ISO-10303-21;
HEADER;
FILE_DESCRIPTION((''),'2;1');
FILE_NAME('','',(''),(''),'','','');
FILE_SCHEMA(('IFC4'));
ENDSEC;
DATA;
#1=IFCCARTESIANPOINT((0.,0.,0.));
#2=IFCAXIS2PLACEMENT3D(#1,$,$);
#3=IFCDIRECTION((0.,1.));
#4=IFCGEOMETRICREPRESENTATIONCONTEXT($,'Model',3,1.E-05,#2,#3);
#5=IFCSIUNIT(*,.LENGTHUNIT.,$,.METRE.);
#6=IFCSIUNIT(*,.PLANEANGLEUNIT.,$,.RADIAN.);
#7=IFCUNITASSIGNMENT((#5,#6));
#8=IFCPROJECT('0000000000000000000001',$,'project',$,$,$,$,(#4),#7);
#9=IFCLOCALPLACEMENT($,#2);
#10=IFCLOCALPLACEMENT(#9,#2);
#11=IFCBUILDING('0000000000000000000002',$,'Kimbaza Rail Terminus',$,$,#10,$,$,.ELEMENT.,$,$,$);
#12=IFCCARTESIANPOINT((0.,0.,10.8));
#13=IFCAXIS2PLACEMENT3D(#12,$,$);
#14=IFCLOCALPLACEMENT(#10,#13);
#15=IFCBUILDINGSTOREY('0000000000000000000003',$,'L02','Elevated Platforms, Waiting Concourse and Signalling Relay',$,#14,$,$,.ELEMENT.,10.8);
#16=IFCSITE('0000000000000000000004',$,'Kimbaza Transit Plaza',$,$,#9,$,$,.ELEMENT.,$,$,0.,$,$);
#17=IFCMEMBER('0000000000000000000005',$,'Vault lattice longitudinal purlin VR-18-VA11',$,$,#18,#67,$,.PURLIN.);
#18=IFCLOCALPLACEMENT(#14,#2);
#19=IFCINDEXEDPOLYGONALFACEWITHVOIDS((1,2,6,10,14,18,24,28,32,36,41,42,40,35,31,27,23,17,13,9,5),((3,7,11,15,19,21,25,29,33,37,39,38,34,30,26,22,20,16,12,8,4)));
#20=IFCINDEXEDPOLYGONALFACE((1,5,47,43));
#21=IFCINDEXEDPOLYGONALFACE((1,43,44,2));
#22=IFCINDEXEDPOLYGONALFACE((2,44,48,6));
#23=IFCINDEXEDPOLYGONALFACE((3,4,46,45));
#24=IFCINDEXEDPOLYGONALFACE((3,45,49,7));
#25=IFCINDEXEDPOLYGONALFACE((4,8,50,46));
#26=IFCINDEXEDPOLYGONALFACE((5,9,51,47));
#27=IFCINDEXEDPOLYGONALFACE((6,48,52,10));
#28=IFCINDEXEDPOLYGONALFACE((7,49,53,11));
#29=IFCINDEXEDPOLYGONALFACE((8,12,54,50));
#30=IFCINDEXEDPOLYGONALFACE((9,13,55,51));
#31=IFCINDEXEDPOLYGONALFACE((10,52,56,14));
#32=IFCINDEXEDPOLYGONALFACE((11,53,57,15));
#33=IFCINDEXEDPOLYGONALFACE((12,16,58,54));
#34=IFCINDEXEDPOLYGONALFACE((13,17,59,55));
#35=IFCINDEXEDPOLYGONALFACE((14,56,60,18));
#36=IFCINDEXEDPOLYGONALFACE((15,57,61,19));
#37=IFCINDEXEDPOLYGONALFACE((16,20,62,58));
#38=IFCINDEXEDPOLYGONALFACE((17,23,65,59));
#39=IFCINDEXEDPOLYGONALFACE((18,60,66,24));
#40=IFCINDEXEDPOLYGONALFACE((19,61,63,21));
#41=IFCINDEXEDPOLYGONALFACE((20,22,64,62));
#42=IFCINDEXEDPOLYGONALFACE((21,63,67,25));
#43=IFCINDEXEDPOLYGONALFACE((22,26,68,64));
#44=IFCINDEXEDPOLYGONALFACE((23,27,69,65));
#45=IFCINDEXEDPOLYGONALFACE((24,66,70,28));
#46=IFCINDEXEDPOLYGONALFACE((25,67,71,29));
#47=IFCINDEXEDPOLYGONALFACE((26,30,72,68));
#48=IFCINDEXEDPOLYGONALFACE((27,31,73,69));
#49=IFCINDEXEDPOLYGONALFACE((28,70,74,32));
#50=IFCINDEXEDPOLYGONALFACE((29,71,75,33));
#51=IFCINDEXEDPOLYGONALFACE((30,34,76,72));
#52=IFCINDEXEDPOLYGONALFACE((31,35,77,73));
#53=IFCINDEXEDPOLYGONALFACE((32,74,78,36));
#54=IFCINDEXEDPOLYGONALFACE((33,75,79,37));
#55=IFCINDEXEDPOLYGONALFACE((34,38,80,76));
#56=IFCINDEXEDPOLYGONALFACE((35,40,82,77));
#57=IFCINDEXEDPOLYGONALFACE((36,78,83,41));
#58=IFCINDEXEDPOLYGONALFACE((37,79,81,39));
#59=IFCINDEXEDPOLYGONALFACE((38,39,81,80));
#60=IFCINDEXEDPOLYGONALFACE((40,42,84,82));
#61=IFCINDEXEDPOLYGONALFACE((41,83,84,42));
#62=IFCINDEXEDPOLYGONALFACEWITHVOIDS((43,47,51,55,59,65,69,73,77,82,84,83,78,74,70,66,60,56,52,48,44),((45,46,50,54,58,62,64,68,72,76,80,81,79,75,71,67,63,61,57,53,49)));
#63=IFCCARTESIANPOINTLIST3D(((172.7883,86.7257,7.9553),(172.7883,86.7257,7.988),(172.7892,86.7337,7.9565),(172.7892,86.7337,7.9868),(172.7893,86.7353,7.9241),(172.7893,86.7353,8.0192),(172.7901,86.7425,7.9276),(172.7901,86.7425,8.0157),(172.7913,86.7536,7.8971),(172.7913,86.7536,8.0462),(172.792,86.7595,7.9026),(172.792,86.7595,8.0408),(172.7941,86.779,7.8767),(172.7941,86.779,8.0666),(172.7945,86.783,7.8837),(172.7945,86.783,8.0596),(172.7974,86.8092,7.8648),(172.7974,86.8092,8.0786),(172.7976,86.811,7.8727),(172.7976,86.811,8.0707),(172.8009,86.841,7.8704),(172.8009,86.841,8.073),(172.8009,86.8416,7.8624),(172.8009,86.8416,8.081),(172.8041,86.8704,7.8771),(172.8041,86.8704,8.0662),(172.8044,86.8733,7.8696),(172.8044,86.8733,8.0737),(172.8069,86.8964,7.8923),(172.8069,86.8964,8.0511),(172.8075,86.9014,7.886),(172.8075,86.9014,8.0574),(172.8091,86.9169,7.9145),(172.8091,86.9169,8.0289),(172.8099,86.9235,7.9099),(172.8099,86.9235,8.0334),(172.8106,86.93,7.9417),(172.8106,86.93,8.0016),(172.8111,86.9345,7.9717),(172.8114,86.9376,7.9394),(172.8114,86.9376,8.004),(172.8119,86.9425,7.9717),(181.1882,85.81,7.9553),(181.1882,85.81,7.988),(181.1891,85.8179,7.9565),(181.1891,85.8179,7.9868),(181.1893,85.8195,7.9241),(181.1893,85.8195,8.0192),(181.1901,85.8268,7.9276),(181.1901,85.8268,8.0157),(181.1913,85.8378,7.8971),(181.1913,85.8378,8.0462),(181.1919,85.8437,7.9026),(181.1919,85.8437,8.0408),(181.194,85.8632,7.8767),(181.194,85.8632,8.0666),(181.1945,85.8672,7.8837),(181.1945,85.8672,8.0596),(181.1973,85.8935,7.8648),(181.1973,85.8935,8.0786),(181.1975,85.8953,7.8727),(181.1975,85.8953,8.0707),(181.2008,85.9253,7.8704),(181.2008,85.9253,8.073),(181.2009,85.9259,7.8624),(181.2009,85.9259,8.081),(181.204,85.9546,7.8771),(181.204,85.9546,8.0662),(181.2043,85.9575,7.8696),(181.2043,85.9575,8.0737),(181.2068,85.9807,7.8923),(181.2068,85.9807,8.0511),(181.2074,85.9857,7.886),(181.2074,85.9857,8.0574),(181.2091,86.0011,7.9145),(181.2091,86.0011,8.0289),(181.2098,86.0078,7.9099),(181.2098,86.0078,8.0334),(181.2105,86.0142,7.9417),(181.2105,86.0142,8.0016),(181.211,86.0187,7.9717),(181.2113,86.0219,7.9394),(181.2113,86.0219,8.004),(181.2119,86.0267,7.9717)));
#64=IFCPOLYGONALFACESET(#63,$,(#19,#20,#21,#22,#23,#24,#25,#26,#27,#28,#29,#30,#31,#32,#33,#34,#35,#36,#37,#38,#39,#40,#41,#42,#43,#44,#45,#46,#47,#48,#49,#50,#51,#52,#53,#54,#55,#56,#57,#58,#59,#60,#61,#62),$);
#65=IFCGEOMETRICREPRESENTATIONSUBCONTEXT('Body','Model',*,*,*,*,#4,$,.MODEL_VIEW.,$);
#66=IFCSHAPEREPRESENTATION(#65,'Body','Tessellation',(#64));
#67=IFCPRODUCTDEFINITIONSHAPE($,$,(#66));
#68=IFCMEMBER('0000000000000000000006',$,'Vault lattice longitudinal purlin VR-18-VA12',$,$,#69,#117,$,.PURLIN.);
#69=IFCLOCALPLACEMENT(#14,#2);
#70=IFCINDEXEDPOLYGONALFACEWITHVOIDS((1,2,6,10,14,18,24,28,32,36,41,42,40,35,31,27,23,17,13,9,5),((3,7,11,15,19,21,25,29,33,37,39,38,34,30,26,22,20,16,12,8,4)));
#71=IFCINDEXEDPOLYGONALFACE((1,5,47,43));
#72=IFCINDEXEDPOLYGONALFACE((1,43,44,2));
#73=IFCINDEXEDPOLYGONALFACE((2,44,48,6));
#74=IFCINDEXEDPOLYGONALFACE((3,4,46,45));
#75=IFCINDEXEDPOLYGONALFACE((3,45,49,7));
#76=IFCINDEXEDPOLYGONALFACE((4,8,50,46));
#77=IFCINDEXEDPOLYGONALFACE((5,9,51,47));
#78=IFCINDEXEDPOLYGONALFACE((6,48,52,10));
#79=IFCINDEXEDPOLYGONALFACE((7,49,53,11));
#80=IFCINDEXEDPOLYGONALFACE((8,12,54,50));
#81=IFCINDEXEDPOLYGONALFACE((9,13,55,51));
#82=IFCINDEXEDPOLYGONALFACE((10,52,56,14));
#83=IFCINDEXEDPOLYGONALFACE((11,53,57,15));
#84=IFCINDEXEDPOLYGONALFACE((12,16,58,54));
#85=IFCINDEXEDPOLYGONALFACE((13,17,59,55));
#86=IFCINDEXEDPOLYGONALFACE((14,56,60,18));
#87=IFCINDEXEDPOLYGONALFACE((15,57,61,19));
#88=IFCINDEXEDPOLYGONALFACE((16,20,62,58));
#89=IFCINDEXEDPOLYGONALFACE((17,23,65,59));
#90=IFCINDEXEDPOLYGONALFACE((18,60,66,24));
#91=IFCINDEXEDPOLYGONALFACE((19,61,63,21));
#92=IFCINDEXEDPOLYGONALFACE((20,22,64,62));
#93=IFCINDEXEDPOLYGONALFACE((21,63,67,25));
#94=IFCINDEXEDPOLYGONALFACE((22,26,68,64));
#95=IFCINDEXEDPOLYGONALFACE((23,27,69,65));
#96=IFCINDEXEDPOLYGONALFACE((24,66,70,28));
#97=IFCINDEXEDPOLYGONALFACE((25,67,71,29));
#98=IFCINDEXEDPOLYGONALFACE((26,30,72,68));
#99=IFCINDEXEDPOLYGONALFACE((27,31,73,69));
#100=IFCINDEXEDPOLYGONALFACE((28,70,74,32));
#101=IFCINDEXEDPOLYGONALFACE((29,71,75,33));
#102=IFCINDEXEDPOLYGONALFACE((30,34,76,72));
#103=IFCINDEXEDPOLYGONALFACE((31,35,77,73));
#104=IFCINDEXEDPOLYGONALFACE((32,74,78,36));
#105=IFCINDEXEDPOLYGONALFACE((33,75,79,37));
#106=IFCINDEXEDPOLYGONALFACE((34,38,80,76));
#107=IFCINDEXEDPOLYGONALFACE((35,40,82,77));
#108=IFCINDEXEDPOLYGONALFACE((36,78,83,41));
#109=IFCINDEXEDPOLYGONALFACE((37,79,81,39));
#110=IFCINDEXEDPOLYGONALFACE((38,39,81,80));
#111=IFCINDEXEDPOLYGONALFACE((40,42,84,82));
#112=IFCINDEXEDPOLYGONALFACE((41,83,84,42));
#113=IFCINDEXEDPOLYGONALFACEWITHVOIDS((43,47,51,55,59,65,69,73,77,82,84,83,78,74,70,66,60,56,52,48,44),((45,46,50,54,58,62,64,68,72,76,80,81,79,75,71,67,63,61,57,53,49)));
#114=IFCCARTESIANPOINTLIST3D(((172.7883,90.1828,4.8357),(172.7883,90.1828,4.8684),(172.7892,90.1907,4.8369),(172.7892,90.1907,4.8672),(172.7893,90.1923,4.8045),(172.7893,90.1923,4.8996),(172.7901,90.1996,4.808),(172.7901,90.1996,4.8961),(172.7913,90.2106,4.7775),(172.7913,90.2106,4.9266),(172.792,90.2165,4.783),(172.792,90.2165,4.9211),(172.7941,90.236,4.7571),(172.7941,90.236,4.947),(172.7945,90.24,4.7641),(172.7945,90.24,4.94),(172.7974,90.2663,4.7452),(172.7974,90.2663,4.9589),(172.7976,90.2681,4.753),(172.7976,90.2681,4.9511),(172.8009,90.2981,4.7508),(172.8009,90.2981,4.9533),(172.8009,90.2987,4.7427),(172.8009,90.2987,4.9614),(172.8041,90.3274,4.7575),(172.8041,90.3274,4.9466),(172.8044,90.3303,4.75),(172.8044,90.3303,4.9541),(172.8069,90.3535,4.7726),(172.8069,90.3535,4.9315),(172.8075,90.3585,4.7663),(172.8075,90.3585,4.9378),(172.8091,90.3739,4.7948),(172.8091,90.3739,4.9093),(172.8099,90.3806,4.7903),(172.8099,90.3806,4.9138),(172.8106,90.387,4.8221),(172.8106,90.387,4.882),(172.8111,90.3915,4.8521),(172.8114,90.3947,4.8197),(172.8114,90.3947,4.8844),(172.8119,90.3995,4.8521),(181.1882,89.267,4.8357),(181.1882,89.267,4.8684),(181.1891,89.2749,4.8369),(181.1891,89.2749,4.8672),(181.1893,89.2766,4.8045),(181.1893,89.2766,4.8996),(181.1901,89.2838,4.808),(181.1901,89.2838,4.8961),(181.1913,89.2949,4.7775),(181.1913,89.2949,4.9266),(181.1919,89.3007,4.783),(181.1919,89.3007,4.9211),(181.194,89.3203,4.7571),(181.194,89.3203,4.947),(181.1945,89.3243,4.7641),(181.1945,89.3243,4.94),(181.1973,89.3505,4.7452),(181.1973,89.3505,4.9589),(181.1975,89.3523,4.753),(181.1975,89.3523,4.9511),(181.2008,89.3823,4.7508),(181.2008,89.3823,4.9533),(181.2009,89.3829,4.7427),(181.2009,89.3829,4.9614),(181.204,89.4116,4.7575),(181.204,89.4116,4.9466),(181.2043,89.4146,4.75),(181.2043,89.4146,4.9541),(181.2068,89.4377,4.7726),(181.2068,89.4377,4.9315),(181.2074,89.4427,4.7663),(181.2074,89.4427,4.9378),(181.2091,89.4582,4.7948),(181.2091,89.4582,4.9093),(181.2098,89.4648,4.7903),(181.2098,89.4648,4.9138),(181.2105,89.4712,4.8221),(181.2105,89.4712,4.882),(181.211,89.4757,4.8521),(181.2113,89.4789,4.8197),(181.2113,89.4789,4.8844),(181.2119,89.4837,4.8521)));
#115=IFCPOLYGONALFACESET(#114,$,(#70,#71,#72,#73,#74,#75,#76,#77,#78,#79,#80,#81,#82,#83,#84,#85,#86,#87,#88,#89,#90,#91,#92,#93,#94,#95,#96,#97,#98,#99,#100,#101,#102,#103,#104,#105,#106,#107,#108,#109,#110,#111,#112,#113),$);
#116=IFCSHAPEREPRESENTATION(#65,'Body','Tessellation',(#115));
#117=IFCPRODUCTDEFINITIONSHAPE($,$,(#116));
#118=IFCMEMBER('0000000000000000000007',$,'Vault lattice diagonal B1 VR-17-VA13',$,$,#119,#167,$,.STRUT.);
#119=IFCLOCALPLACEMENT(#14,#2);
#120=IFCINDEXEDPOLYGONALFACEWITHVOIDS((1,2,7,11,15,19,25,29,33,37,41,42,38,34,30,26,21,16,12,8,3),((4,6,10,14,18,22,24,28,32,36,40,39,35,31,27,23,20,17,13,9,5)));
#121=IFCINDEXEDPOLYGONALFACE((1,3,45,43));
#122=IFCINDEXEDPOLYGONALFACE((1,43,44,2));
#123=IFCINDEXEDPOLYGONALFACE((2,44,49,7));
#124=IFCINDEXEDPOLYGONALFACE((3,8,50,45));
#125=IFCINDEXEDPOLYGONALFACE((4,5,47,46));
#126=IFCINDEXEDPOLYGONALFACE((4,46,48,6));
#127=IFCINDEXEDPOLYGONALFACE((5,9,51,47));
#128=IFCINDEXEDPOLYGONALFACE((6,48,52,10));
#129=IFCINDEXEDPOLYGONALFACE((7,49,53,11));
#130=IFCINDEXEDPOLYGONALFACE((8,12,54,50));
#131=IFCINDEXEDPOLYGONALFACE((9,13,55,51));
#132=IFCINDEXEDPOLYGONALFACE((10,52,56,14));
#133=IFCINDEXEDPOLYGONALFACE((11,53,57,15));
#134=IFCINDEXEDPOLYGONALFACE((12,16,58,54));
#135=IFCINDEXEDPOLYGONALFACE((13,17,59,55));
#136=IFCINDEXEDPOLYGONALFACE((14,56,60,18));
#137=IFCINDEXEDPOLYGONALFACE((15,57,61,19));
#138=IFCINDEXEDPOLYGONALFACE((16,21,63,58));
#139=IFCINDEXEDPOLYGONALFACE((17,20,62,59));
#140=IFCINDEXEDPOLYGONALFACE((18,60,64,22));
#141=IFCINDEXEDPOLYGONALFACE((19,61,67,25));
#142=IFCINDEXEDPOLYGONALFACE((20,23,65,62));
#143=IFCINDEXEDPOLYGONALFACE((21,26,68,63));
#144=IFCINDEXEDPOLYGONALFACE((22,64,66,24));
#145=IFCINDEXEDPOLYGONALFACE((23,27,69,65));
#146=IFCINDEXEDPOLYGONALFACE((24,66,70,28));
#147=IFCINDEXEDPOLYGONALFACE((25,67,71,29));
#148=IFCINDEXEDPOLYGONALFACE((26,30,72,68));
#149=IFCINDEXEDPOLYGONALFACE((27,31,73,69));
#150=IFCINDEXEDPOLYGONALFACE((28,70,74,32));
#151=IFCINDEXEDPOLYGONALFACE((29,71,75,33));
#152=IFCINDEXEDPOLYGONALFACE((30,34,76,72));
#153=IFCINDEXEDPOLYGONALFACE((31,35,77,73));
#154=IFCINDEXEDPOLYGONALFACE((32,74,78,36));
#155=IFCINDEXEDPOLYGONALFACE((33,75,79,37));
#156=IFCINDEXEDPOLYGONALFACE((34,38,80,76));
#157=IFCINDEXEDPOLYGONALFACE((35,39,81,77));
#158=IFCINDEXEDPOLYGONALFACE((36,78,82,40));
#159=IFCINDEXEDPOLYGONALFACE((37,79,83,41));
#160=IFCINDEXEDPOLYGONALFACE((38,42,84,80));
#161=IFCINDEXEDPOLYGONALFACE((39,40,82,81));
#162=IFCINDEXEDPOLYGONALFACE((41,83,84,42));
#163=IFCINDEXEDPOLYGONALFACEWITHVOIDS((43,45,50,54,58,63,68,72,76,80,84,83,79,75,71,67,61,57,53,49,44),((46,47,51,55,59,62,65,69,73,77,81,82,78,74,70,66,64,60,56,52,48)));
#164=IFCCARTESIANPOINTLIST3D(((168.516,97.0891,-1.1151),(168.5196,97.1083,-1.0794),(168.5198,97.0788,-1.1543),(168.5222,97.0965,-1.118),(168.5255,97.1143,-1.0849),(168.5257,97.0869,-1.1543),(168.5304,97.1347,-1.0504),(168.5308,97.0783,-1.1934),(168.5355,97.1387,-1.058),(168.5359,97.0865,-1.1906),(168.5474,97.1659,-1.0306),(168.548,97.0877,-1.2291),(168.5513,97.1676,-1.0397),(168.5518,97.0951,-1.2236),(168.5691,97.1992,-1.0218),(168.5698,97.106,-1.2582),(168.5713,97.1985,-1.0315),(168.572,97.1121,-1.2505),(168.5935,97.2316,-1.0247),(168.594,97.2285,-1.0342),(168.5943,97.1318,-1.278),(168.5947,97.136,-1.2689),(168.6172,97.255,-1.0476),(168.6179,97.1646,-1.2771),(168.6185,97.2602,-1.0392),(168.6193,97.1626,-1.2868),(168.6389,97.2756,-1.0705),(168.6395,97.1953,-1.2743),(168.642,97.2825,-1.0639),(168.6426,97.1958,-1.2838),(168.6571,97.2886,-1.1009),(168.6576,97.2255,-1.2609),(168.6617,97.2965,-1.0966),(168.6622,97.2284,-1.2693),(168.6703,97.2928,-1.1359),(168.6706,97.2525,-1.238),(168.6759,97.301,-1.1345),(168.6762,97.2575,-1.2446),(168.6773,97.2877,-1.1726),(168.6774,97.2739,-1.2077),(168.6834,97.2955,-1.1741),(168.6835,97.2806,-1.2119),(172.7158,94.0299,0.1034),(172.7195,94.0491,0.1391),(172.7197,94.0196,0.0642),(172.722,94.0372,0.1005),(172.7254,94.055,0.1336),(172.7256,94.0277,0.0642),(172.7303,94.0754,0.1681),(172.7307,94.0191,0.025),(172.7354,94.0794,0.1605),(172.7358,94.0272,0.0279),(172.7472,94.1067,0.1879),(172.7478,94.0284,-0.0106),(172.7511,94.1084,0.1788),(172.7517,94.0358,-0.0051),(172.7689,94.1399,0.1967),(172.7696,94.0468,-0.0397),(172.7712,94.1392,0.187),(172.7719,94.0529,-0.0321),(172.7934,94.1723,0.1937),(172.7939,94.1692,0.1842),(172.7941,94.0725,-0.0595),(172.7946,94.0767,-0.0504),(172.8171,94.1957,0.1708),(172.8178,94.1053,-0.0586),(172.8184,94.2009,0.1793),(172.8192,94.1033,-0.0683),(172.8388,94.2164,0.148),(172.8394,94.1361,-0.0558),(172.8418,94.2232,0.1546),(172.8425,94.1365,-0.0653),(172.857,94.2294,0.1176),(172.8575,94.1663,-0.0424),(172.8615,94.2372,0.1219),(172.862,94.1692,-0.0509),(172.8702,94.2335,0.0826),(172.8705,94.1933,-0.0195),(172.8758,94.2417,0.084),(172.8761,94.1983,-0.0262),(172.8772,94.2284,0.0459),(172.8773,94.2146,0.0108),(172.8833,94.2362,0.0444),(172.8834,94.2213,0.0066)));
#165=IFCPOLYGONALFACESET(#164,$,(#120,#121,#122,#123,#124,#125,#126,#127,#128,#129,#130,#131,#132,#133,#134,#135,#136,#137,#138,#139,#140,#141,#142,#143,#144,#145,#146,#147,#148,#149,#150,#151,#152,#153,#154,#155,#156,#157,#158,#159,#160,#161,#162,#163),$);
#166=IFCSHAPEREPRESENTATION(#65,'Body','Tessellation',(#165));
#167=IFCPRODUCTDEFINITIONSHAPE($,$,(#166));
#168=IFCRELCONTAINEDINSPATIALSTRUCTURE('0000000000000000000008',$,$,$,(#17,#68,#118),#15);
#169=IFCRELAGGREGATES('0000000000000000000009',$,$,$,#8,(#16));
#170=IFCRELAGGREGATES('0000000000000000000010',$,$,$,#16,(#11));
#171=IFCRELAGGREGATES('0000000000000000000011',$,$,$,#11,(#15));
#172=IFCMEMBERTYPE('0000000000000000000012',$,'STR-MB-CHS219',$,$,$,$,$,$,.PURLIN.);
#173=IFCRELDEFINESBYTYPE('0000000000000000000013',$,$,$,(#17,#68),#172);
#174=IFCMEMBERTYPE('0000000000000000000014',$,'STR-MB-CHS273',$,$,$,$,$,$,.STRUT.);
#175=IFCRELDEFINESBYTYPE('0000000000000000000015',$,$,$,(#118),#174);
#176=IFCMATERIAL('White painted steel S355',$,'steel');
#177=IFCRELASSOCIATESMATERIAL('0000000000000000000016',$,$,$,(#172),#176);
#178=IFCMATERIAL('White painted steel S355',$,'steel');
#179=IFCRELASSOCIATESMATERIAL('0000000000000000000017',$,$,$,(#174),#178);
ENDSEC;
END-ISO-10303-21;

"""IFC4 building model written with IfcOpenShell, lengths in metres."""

from ifc_helpers import new_model, si_unit, direction, frame, origin, origin_2d, place, context, subcontext, project, spatial, hollow_circle, extrude, material, material_profile, profile_set, type_object, element, save


model = new_model("IFC4")

# Units and contexts
model_context = context("Model", 3, precision=1e-05, world=origin(), true_north=direction((0.0, 1.0)))
body_context = subcontext(model_context, "Body", "Model", "MODEL_VIEW")
ifc_project = project(units=[si_unit("LENGTHUNIT", "METRE"), si_unit("PLANEANGLEUNIT", "RADIAN")], contexts=[model_context])

# Site, building, storey
site_placement = place(None, origin())
site = spatial("IfcSite", under=ifc_project, at=site_placement, Name="Kimbaza Transit Plaza", CompositionType="ELEMENT", RefElevation=0.0)
building_placement = place(site_placement, origin())
building = spatial("IfcBuilding", under=site, at=building_placement, Name="Kimbaza Rail Terminus", CompositionType="ELEMENT")
storey_placement = place(building_placement, frame((0.0, 0.0, 10.8)))
storey = spatial("IfcBuildingStorey", under=building, at=storey_placement, Name="L02", Description="Elevated Platforms, Waiting Concourse and Signalling Relay", CompositionType="ELEMENT", Elevation=10.8)

# Members
ifc_material_1 = material(Name="White painted steel S355", Category="steel")
ifc_material_profile_1 = material_profile(ifc_material_1, hollow_circle(Radius=0.1096, WallThickness=0.0081, at=origin_2d()), Name="CHS 219.1x8")
ifc_profile_set_1 = profile_set([ifc_material_profile_1], Name="White painted steel S355")
member_type_1 = type_object("IfcMemberType", Name="STR-MB-CHS219", PredefinedType="PURLIN", material=ifc_profile_set_1)
for number, where, z_axis, x_axis, name in (
    (1, (172.8, 86.8335, 7.9717), (0.99411, -0.10838, 0.0), (0.10838, 0.99411, 0.0), "Vault lattice longitudinal purlin VR-18-VA11"),
    (2, (172.8, 90.2905, 4.8521), (0.99411, -0.10838, 0.0), (0.10838, 0.99411, 0.0), "Vault lattice longitudinal purlin VR-18-VA12"),
):
    element("IfcMember", number, at=place(storey_placement, frame(where, z_axis=z_axis, x_axis=x_axis)), inside=storey, type_object=member_type_1, Name=name, PredefinedType="PURLIN", context=body_context, shape_type="SweptSolid", body=[
        extrude(hollow_circle(Radius=0.1096, WallThickness=0.0081, at=origin_2d()), origin(), (0.0, 0.0, 1.0), 8.4497),
    ])
ifc_material_2 = material(Name="White painted steel S355", Category="steel")
ifc_material_profile_2 = material_profile(ifc_material_2, hollow_circle(Radius=0.1365, WallThickness=0.01, at=origin_2d()), Name="CHS 273x10")
ifc_profile_set_2 = profile_set([ifc_material_profile_2], Name="White painted steel S355")
member_type_2 = type_object("IfcMemberType", Name="STR-MB-CHS273", PredefinedType="STRUT", material=ifc_profile_set_2)
member_1_placement = place(storey_placement, frame((172.8, 94.1299, 0.0642), z_axis=(-0.786946, 0.573227, -0.228312), x_axis=(-0.588778, -0.808295, 0.0)))
element("IfcMember", 3, at=member_1_placement, inside=storey, type_object=member_type_2, Name="Vault lattice diagonal B1 VR-17-VA13", PredefinedType="STRUT", context=body_context, shape_type="SweptSolid", body=[
    extrude(hollow_circle(Radius=0.1365, WallThickness=0.01, at=origin_2d()), origin(), (0.0, 0.0, 1.0), 5.3369),
])

save(model, "model.ifc")
